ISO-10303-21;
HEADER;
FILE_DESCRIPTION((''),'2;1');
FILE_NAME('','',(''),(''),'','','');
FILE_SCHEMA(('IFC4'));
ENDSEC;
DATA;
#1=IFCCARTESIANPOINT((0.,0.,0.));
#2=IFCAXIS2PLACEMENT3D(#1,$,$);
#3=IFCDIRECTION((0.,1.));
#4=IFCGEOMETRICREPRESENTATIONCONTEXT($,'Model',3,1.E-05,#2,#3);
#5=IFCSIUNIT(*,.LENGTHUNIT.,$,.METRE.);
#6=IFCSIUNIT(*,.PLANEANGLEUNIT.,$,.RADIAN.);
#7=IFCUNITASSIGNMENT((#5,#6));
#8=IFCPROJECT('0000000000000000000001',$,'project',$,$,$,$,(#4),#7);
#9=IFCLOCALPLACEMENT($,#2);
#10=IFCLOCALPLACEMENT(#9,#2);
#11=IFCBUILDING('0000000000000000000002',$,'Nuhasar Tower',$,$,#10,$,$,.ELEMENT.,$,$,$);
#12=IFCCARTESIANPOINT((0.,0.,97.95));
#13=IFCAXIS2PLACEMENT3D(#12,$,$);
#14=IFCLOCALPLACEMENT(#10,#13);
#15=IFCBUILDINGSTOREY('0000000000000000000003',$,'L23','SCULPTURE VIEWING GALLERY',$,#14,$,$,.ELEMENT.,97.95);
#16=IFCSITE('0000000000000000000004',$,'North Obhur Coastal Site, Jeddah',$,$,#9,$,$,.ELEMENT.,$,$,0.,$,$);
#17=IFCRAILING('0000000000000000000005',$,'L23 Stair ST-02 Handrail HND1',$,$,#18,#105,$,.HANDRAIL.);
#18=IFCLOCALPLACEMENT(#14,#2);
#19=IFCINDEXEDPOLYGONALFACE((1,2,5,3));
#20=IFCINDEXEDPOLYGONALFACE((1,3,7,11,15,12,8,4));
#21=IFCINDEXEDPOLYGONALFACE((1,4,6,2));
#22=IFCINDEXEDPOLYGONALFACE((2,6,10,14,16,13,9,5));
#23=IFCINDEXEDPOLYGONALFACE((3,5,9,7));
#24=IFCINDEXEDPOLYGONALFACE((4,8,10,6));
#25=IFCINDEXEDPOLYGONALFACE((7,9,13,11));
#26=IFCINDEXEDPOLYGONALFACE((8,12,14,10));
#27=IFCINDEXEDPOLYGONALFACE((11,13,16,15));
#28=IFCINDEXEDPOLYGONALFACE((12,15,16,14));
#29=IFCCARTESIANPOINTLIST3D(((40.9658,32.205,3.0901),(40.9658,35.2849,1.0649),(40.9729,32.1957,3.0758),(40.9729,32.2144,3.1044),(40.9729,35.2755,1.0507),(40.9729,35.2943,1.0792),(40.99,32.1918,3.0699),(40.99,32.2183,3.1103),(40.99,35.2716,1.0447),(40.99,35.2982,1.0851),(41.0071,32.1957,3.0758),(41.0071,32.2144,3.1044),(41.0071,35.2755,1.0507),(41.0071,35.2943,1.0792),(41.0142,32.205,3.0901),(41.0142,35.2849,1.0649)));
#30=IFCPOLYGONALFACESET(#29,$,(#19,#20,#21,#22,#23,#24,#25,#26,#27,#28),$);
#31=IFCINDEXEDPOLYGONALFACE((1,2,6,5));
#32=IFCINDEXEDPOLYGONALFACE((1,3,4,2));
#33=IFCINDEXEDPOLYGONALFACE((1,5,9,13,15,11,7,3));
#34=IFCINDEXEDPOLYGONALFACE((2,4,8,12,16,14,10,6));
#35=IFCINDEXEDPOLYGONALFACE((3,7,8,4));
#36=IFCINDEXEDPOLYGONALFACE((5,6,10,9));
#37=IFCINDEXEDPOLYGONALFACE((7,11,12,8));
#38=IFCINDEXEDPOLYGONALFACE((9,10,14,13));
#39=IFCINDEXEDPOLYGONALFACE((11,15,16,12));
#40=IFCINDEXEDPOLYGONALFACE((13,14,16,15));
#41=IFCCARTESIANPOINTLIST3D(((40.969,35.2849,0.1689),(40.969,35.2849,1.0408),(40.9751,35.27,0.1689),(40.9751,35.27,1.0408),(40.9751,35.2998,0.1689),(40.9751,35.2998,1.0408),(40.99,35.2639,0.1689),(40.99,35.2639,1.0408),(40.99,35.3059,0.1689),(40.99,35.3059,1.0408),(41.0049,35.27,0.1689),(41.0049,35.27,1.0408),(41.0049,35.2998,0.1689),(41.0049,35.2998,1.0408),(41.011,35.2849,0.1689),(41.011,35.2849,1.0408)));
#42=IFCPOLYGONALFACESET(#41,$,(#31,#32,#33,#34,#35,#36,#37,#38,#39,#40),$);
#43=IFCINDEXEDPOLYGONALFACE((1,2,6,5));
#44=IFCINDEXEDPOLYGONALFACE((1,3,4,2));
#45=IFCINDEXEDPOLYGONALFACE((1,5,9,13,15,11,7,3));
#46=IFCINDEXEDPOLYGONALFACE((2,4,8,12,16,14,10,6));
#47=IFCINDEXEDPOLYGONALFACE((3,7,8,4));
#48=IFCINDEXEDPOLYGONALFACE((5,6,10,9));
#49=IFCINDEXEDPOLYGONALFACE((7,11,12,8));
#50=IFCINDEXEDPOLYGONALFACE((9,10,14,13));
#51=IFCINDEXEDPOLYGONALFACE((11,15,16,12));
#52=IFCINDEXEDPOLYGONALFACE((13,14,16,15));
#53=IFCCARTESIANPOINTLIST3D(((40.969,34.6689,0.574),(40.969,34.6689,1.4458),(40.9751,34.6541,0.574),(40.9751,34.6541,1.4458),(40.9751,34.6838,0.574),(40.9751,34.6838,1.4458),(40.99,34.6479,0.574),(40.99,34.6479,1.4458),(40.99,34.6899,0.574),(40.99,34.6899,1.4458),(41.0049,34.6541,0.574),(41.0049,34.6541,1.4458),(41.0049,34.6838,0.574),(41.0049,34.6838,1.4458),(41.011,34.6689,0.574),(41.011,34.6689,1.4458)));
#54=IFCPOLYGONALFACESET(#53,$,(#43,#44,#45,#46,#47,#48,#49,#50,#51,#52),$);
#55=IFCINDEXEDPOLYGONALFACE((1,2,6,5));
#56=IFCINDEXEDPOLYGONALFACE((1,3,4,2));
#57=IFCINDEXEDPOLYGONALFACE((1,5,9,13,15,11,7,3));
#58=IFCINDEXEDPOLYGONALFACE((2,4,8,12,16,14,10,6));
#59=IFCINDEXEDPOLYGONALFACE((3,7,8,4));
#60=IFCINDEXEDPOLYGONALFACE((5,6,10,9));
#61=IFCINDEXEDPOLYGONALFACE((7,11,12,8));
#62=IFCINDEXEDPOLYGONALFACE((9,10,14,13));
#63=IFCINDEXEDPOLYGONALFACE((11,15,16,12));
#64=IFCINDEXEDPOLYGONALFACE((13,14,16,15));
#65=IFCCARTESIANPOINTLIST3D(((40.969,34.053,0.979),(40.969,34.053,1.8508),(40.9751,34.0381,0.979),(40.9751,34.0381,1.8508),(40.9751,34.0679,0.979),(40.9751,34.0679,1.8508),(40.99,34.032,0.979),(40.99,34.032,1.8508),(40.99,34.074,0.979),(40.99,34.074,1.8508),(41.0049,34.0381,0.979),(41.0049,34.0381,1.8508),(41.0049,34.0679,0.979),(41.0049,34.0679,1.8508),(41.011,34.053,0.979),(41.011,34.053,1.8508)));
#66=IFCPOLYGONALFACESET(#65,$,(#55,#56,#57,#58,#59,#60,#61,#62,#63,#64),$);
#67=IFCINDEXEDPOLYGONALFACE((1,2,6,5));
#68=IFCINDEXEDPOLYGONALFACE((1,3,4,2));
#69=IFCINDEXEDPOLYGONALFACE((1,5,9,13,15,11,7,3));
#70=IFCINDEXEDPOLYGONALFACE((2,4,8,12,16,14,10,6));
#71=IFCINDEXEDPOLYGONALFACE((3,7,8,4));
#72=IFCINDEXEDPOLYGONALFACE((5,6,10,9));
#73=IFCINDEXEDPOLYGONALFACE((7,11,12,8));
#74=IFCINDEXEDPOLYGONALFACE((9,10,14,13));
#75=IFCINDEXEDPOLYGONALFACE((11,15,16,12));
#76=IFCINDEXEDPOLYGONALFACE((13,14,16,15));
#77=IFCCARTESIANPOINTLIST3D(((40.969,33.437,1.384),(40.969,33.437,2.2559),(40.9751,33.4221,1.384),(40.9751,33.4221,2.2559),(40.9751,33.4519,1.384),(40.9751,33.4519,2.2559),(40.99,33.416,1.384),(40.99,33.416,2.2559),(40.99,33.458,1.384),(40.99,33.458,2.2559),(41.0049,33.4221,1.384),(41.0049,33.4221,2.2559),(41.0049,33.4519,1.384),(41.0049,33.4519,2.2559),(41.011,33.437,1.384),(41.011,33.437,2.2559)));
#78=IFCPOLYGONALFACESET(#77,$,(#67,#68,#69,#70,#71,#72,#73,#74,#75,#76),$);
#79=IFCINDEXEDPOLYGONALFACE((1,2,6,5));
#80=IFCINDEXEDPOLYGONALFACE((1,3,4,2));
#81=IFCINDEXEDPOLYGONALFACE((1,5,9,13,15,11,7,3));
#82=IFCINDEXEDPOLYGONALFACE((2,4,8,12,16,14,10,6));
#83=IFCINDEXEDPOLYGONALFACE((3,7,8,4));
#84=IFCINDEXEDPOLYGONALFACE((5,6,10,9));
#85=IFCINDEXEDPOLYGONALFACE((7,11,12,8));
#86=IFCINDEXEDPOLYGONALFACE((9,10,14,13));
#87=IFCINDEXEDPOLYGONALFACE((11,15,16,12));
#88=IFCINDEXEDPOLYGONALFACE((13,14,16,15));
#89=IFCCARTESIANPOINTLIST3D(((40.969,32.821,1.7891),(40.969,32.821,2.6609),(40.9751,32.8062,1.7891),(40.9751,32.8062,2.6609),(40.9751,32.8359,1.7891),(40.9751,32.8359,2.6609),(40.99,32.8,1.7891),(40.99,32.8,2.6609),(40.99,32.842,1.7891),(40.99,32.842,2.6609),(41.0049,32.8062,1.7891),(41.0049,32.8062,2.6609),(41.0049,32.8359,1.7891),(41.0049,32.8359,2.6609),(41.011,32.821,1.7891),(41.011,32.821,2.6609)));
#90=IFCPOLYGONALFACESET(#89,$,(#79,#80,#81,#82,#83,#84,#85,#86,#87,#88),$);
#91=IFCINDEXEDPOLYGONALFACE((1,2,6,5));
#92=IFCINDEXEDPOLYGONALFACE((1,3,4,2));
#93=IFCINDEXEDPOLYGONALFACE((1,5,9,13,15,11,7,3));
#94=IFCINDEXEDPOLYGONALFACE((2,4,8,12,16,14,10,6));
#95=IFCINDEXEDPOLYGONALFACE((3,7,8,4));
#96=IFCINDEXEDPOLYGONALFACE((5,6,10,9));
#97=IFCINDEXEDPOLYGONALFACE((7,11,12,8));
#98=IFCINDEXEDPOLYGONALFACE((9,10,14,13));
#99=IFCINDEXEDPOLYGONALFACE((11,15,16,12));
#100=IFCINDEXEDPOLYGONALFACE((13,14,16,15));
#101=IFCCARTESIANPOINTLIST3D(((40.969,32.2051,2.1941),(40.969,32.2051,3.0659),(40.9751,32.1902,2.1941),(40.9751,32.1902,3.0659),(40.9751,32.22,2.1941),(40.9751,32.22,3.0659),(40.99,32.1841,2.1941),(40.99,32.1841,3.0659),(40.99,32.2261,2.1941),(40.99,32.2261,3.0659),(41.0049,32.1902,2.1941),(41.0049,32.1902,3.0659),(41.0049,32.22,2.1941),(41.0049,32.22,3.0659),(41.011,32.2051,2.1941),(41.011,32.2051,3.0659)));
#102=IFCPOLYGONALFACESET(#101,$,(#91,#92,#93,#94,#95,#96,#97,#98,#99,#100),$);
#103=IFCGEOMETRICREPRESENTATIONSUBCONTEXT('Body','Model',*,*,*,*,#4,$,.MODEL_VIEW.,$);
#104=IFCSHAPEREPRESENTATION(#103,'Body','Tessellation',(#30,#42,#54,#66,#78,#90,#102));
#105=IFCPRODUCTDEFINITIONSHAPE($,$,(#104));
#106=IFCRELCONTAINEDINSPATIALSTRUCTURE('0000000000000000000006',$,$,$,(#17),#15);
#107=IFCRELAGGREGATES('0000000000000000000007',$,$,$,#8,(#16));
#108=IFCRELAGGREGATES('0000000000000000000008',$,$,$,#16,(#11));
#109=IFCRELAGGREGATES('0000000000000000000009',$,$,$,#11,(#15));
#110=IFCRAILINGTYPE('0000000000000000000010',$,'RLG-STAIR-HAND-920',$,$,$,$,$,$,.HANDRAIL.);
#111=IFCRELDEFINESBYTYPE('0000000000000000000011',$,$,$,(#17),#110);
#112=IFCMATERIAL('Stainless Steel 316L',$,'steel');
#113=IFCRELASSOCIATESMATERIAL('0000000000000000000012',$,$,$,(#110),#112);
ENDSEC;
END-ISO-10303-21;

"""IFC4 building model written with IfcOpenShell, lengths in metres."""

from ifc_helpers import new_model, si_unit, direction, frame, origin, place, context, subcontext, project, spatial, polyline, outline, extrude, material, type_object, element, save


model = new_model("IFC4")

# Units and contexts
model_context = context("Model", 3, precision=1e-05, world=origin(), true_north=direction((0.0, 1.0)))
body_context = subcontext(model_context, "Body", "Model", "MODEL_VIEW")
ifc_project = project(units=[si_unit("LENGTHUNIT", "METRE"), si_unit("PLANEANGLEUNIT", "RADIAN")], contexts=[model_context])

# Site, building, storey
site_placement = place(None, origin())
site = spatial("IfcSite", under=ifc_project, at=site_placement, Name="North Obhur Coastal Site, Jeddah", CompositionType="ELEMENT", RefElevation=0.0)
building_placement = place(site_placement, origin())
building = spatial("IfcBuilding", under=site, at=building_placement, Name="Nuhasar Tower", CompositionType="ELEMENT")
storey_placement = place(building_placement, frame((0.0, 0.0, 97.95)))
storey = spatial("IfcBuildingStorey", under=building, at=storey_placement, Name="L23", Description="SCULPTURE VIEWING GALLERY", CompositionType="ELEMENT", Elevation=97.95)

# Railing
ifc_material_1 = material(Name="Stainless Steel 316L", Category="steel")
railing_type_1 = type_object("IfcRailingType", Name="RLG-STAIR-HAND-920", PredefinedType="HANDRAIL", material=ifc_material_1)
railing_1_placement = place(storey_placement, frame((40.99, 35.2849, 0.1689)))
element("IfcRailing", 1, at=railing_1_placement, inside=storey, type_object=railing_type_1, Name="L23 Stair ST-02 Handrail HND1", PredefinedType="HANDRAIL", context=body_context, shape_type="SweptSolid", body=[
    extrude(outline(polyline([(0.0242, 0.0), (0.0171, 0.0171), (0.0, 0.0242), (-0.0171, 0.0171), (-0.0242, 0.0), (-0.0171, -0.0171), (0.0, -0.0242), (0.0171, -0.0171), (0.0242, 0.0)])), frame((0.0, 0.0, 0.896), z_axis=(0.0, -0.835549, 0.549416), x_axis=(1.0, 0.0, 0.0)), (0.0, 0.0, 1.0), 3.686),
    extrude(outline(polyline([(0.021, 0.0), (0.0149, 0.0149), (0.0, 0.021), (-0.0149, 0.0149), (-0.021, 0.0), (-0.0149, -0.0149), (0.0, -0.021), (0.0149, -0.0149), (0.021, 0.0)])), origin(), (0.0, 0.0, 1.0), 0.8718),
    extrude(outline(polyline([(0.021, 0.0), (0.0149, 0.0149), (0.0, 0.021), (-0.0149, 0.0149), (-0.021, 0.0), (-0.0149, -0.0149), (0.0, -0.021), (0.0149, -0.0149), (0.021, 0.0)])), frame((0.0, -0.616, 0.405)), (0.0, 0.0, 1.0), 0.8718),
    extrude(outline(polyline([(0.021, 0.0), (0.0149, 0.0149), (0.0, 0.021), (-0.0149, 0.0149), (-0.021, 0.0), (-0.0149, -0.0149), (0.0, -0.021), (0.0149, -0.0149), (0.021, 0.0)])), frame((0.0, -1.2319, 0.8101)), (0.0, 0.0, 1.0), 0.8718),
    extrude(outline(polyline([(0.021, 0.0), (0.0149, 0.0149), (0.0, 0.021), (-0.0149, 0.0149), (-0.021, 0.0), (-0.0149, -0.0149), (0.0, -0.021), (0.0149, -0.0149), (0.021, 0.0)])), frame((0.0, -1.8479, 1.2151)), (0.0, 0.0, 1.0), 0.8718),
    extrude(outline(polyline([(0.021, 0.0), (0.0149, 0.0149), (0.0, 0.021), (-0.0149, 0.0149), (-0.021, 0.0), (-0.0149, -0.0149), (0.0, -0.021), (0.0149, -0.0149), (0.021, 0.0)])), frame((0.0, -2.4639, 1.6201)), (0.0, 0.0, 1.0), 0.8718),
    extrude(outline(polyline([(0.021, 0.0), (0.0149, 0.0149), (0.0, 0.021), (-0.0149, 0.0149), (-0.021, 0.0), (-0.0149, -0.0149), (0.0, -0.021), (0.0149, -0.0149), (0.021, 0.0)])), frame((0.0, -3.0798, 2.0251)), (0.0, 0.0, 1.0), 0.8718),
])

save(model, "model.ifc")
